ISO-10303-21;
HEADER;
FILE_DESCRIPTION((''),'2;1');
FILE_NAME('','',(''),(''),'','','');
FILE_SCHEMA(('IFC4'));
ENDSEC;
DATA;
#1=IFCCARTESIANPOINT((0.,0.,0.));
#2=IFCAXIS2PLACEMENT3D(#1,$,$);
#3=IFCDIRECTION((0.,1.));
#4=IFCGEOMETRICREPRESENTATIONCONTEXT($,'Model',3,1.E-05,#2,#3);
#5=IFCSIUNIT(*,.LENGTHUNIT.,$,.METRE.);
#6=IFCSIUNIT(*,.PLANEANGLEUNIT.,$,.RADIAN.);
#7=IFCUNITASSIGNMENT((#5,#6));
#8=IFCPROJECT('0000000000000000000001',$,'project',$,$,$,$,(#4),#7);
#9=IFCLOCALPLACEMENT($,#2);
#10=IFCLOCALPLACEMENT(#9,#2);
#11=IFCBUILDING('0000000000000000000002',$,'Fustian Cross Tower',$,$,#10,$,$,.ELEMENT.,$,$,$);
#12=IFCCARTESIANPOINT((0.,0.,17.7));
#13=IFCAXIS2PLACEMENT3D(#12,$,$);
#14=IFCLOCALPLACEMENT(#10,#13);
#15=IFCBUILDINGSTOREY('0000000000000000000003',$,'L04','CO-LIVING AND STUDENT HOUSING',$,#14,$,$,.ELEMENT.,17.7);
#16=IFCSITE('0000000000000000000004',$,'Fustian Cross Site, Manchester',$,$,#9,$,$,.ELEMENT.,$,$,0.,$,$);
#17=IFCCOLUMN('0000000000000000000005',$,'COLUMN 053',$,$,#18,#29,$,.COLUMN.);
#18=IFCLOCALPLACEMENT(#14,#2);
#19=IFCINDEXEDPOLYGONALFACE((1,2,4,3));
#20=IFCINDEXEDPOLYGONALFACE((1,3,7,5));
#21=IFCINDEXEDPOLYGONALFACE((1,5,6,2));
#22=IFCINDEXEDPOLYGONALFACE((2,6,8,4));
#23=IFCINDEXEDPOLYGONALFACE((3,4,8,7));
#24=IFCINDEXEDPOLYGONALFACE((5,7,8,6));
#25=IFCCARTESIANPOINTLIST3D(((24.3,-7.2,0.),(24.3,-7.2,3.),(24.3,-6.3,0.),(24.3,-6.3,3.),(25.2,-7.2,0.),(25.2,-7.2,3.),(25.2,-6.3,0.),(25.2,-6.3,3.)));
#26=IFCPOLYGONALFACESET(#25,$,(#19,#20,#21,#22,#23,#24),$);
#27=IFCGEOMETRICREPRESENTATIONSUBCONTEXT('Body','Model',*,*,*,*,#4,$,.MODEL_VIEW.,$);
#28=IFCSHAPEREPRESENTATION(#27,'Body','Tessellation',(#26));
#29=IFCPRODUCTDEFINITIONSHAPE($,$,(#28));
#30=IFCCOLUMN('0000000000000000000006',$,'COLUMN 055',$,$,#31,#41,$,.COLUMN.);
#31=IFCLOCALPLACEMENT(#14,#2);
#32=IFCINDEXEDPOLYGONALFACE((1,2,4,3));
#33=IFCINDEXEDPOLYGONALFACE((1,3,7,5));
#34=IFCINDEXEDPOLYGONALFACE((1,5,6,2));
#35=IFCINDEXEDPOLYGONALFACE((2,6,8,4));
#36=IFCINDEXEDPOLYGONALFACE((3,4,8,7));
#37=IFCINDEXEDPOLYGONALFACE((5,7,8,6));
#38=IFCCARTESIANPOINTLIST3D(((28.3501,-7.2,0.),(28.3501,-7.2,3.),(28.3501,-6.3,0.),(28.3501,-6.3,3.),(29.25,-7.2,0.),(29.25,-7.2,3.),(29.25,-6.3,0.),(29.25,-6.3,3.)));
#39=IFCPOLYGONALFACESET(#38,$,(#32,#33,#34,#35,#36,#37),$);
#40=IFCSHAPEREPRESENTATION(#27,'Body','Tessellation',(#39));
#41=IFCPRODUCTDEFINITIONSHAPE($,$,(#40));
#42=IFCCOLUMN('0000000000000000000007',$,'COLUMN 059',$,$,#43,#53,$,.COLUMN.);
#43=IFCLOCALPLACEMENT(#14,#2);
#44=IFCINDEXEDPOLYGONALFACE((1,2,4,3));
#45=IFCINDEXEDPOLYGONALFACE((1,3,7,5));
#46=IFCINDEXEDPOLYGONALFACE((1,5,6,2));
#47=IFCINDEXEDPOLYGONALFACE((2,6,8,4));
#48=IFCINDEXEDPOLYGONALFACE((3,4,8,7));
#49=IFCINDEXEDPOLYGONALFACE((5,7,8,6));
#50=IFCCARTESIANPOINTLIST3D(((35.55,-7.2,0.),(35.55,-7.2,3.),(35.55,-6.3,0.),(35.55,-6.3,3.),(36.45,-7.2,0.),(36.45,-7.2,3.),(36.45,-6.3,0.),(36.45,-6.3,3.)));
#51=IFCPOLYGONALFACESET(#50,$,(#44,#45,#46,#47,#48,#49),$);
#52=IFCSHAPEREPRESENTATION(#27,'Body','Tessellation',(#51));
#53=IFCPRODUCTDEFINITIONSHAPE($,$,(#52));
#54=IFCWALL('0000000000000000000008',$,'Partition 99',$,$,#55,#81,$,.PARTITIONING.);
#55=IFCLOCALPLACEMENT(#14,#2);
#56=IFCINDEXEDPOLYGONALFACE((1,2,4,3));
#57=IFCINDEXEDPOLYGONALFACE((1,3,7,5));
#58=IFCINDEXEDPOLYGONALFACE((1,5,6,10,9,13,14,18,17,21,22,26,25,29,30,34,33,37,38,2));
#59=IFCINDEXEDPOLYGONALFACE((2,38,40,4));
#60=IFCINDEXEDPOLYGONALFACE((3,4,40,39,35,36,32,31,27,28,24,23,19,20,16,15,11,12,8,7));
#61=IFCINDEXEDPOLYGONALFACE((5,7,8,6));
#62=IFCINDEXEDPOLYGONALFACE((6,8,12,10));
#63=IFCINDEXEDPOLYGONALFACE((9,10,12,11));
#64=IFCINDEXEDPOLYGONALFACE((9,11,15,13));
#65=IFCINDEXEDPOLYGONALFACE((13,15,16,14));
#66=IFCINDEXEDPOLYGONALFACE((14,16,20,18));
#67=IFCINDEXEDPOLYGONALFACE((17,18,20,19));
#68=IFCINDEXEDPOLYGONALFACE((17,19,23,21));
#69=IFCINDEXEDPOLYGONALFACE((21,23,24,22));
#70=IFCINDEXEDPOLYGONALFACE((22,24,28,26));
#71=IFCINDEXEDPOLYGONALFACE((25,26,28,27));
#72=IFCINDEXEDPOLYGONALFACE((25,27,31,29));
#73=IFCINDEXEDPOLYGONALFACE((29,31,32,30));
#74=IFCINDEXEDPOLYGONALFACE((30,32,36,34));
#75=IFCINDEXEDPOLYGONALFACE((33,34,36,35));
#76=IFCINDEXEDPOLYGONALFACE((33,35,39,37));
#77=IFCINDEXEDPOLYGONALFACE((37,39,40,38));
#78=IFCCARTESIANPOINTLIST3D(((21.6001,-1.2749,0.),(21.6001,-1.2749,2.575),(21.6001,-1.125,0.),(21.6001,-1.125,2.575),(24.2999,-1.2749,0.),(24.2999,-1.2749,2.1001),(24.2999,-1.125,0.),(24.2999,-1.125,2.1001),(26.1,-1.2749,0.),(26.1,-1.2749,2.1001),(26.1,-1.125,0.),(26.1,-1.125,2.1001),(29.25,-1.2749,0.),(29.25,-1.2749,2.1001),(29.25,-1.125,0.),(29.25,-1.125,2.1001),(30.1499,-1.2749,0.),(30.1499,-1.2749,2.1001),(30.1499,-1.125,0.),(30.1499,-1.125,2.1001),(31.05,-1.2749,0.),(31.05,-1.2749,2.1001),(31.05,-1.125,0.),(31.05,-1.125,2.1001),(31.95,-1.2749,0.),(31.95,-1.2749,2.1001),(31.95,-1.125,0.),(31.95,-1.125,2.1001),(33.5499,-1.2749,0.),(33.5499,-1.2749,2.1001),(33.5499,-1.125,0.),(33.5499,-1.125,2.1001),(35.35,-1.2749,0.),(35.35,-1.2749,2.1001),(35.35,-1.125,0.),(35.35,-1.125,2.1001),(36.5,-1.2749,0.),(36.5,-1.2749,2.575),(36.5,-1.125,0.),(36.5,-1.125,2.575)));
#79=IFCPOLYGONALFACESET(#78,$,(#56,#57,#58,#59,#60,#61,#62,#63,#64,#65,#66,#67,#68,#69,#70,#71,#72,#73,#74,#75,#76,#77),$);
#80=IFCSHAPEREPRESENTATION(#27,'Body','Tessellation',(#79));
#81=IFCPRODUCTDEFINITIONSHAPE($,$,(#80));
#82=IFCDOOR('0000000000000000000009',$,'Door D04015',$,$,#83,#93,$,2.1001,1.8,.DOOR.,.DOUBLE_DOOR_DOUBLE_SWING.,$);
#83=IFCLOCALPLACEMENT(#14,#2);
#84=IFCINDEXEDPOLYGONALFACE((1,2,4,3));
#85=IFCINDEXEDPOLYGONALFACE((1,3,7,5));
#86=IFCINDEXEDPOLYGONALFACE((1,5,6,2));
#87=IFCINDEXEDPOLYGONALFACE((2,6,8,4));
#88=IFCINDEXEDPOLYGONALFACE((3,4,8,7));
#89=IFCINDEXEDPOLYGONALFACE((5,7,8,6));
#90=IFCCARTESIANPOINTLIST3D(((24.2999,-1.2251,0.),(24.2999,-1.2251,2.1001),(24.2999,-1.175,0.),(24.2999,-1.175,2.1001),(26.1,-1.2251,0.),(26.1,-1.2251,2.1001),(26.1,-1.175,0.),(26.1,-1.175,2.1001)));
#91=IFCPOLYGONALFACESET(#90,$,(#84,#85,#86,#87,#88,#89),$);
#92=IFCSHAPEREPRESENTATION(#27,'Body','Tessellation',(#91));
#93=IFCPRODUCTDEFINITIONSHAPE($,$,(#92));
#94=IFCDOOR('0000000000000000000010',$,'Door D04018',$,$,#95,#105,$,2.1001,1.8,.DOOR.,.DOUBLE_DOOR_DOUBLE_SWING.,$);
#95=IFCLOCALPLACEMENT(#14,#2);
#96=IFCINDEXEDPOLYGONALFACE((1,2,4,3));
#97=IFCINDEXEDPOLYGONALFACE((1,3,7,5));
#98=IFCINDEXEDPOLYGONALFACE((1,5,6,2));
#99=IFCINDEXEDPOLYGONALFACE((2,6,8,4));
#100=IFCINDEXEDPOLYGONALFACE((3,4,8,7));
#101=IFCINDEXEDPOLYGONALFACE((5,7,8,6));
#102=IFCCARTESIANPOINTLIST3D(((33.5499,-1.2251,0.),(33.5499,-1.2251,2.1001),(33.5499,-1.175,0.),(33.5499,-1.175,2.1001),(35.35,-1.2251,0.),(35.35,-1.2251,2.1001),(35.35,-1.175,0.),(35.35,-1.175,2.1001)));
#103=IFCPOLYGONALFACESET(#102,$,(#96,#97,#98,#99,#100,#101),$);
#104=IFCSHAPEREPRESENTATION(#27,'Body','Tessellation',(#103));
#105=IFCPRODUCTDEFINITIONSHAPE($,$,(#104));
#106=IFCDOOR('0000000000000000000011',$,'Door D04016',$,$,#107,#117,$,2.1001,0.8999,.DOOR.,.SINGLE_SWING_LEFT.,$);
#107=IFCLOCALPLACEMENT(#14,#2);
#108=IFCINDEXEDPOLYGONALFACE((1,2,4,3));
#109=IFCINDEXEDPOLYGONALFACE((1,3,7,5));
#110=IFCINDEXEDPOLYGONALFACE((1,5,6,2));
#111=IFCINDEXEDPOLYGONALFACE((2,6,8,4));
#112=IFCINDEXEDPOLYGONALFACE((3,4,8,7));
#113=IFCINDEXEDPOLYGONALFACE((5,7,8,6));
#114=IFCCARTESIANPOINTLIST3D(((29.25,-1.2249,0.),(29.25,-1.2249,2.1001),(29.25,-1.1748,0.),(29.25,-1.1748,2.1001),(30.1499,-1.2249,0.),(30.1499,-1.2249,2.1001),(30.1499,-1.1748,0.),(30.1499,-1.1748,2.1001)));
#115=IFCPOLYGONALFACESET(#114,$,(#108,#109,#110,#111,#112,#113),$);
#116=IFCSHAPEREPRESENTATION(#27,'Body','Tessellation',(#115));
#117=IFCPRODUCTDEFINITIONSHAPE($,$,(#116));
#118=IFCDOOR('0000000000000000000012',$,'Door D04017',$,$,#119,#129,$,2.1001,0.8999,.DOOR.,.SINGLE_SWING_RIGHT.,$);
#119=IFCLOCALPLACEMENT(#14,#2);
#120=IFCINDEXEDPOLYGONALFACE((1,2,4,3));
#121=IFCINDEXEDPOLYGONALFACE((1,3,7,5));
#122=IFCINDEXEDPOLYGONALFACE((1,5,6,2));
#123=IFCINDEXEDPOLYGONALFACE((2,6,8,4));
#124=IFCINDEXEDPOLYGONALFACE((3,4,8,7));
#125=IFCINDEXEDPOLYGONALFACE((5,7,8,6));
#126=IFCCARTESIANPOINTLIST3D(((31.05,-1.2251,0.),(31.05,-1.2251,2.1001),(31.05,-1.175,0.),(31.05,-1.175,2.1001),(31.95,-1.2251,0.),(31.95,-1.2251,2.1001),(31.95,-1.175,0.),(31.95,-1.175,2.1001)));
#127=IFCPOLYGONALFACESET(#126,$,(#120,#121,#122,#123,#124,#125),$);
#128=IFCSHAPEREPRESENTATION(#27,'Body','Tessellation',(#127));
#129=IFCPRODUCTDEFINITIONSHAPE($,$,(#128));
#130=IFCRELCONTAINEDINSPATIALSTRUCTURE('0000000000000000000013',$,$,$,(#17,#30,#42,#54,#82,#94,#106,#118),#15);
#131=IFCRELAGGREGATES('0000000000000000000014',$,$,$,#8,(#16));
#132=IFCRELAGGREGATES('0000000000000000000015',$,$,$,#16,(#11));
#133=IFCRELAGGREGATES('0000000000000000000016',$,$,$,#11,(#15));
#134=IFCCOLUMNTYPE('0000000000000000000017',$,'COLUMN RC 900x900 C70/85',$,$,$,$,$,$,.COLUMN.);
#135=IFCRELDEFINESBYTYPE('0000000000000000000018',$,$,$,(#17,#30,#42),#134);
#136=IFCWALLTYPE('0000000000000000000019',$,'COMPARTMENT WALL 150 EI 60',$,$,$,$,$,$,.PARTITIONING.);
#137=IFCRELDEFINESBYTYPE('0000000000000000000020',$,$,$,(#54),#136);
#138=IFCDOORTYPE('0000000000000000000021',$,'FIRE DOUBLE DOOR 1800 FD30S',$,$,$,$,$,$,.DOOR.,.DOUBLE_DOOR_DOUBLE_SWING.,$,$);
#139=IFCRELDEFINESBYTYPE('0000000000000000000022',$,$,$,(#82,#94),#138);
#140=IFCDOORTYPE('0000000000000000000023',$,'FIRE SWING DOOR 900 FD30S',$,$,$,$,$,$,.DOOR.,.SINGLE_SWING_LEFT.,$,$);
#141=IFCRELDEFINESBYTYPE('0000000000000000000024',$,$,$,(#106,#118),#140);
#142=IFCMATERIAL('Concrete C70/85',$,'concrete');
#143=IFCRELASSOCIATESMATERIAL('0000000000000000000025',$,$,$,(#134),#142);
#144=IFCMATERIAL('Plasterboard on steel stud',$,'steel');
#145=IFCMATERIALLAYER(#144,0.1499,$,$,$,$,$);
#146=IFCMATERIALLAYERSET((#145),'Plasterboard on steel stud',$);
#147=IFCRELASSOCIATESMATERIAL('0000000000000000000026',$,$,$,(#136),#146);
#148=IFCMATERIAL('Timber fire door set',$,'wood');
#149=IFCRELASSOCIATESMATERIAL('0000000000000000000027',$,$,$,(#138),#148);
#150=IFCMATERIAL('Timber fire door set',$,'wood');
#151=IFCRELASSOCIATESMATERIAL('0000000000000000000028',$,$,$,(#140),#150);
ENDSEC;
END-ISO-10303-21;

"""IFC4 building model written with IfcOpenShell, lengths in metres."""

from ifc_helpers import new_model, si_unit, direction, frame, frame_2d, origin, origin_2d, place, context, subcontext, project, spatial, rectangle, extrude, material, layer, layer_set, material_profile, profile_set, type_object, element, fill, save


model = new_model("IFC4")

# Units and contexts
model_context = context("Model", 3, precision=1e-05, world=origin(), true_north=direction((0.0, 1.0)))
body_context = subcontext(model_context, "Body", "Model", "MODEL_VIEW")
ifc_project = project(units=[si_unit("LENGTHUNIT", "METRE"), si_unit("PLANEANGLEUNIT", "RADIAN")], contexts=[model_context])

# Site, building, storey
site_placement = place(None, origin())
site = spatial("IfcSite", under=ifc_project, at=site_placement, Name="Fustian Cross Site, Manchester", CompositionType="ELEMENT", RefElevation=0.0)
building_placement = place(site_placement, origin())
building = spatial("IfcBuilding", under=site, at=building_placement, Name="Fustian Cross Tower", CompositionType="ELEMENT")
storey_placement = place(building_placement, frame((0.0, 0.0, 17.7)))
storey = spatial("IfcBuildingStorey", under=building, at=storey_placement, Name="L04", Description="CO-LIVING AND STUDENT HOUSING", CompositionType="ELEMENT", Elevation=17.7)

# Columns
ifc_material_1 = material(Name="Concrete C70/85", Category="concrete")
ifc_material_profile = material_profile(ifc_material_1, rectangle(XDim=0.8999, YDim=0.8999, at=origin_2d()), Name="RC 900x900")
ifc_profile_set = profile_set([ifc_material_profile], Name="Concrete C70/85")
column_type = type_object("IfcColumnType", Name="COLUMN RC 900x900 C70/85", PredefinedType="COLUMN", material=ifc_profile_set)
for number, where, z_axis, x_axis, name in (
    (1, (24.75, -6.75, 0.0), (0.0, 0.0, 1.0), (1.0, 0.0, 0.0), "COLUMN 053"),
    (2, (28.8, -6.75, 0.0), (0.0, 0.0, 1.0), (1.0, 0.0, 0.0), "COLUMN 055"),
    (3, (36.0, -6.75, 0.0), (0.0, 0.0, 1.0), (1.0, 0.0, 0.0), "COLUMN 059"),
):
    element("IfcColumn", number, at=place(storey_placement, frame(where, z_axis=z_axis, x_axis=x_axis)), inside=storey, type_object=column_type, Name=name, PredefinedType="COLUMN", context=body_context, shape_type="SweptSolid", body=[
        extrude(rectangle(XDim=0.8999, YDim=0.8999, at=origin_2d()), origin(), (0.0, 0.0, 1.0), 3.0),
    ])

# Wall, openings, doors
ifc_material_2 = material(Name="Plasterboard on steel stud", Category="steel")
ifc_layer_1 = layer(ifc_material_2, 0.1499)
ifc_layer_set_1 = layer_set([ifc_layer_1], Name="Plasterboard on steel stud")
wall_type_1 = type_object("IfcWallType", Name="COMPARTMENT WALL 150 EI 60", PredefinedType="PARTITIONING", material=ifc_layer_set_1)
wall_1_placement = place(storey_placement, frame((21.6001, -1.2, 0.0), z_axis=(0.0, 0.0, 1.0), x_axis=(1.0, 0.0, 0.0)))
wall_1 = element("IfcWall", 4, at=wall_1_placement, inside=storey, type_object=wall_type_1, Name="Partition 99", PredefinedType="PARTITIONING", context=body_context, shape_type="SweptSolid", body=[
    extrude(rectangle(XDim=14.8999, YDim=0.1499, at=frame_2d((7.45, 0.0))), origin(), (0.0, 0.0, 1.0), 2.575),
])
opening_1_placement = place(wall_1_placement, frame((2.7, 0.0, 0.0)))
opening_1 = element("IfcOpeningElement", 5, at=opening_1_placement, cuts=wall_1, PredefinedType="OPENING", context=body_context, shape_type="SweptSolid", body=[
    extrude(rectangle(XDim=1.8, YDim=2.1001, at=frame_2d((0.8999, 1.05))), frame((0.0, 0.085, 0.0), z_axis=(0.0, -1.0, 0.0), x_axis=(1.0, 0.0, 0.0)), (0.0, 0.0, 1.0), 0.1699),
])
opening_2_placement = place(wall_1_placement, frame((7.6499, 0.0, 0.0)))
opening_2 = element("IfcOpeningElement", 6, at=opening_2_placement, cuts=wall_1, PredefinedType="OPENING", context=body_context, shape_type="SweptSolid", body=[
    extrude(rectangle(XDim=0.8999, YDim=2.1001, at=frame_2d((0.45, 1.05))), frame((0.0, 0.085, 0.0), z_axis=(0.0, -1.0, 0.0), x_axis=(1.0, 0.0, 0.0)), (0.0, 0.0, 1.0), 0.1699),
])
opening_3_placement = place(wall_1_placement, frame((9.45, 0.0, 0.0)))
opening_3 = element("IfcOpeningElement", 7, at=opening_3_placement, cuts=wall_1, PredefinedType="OPENING", context=body_context, shape_type="SweptSolid", body=[
    extrude(rectangle(XDim=0.8999, YDim=2.1001, at=frame_2d((0.45, 1.05))), frame((0.0, 0.085, 0.0), z_axis=(0.0, -1.0, 0.0), x_axis=(1.0, 0.0, 0.0)), (0.0, 0.0, 1.0), 0.1699),
])
opening_4_placement = place(wall_1_placement, frame((11.95, 0.0, 0.0)))
opening_4 = element("IfcOpeningElement", 8, at=opening_4_placement, cuts=wall_1, PredefinedType="OPENING", context=body_context, shape_type="SweptSolid", body=[
    extrude(rectangle(XDim=1.8, YDim=2.1001, at=frame_2d((0.8999, 1.05))), frame((0.0, 0.085, 0.0), z_axis=(0.0, -1.0, 0.0), x_axis=(1.0, 0.0, 0.0)), (0.0, 0.0, 1.0), 0.1699),
])
ifc_material_3 = material(Name="Timber fire door set", Category="wood")
door_type_1 = type_object("IfcDoorType", Name="FIRE DOUBLE DOOR 1800 FD30S", OperationType="DOUBLE_DOOR_DOUBLE_SWING", PredefinedType="DOOR", material=ifc_material_3)
door_1_placement = place(opening_1_placement, origin())
door_1 = element("IfcDoor", 9, at=door_1_placement, inside=storey, type_object=door_type_1, Name="Door D04015", OperationType="DOUBLE_DOOR_DOUBLE_SWING", OverallHeight=2.1001, OverallWidth=1.8, PredefinedType="DOOR", context=body_context, shape_type="SweptSolid", body=[
    extrude(rectangle(XDim=1.8, YDim=2.1001, at=frame_2d((0.8999, 1.05))), frame((0.0, 0.0249, 0.0), z_axis=(0.0, -1.0, 0.0), x_axis=(1.0, 0.0, 0.0)), (0.0, 0.0, 1.0), 0.05),
])
fill(opening_1, door_1)
door_2_placement = place(opening_4_placement, origin())
door_2 = element("IfcDoor", 10, at=door_2_placement, inside=storey, type_object=door_type_1, Name="Door D04018", OperationType="DOUBLE_DOOR_DOUBLE_SWING", OverallHeight=2.1001, OverallWidth=1.8, PredefinedType="DOOR", context=body_context, shape_type="SweptSolid", body=[
    extrude(rectangle(XDim=1.8, YDim=2.1001, at=frame_2d((0.8999, 1.05))), frame((0.0, 0.0249, 0.0), z_axis=(0.0, -1.0, 0.0), x_axis=(1.0, 0.0, 0.0)), (0.0, 0.0, 1.0), 0.05),
])
fill(opening_4, door_2)
ifc_material_4 = material(Name="Timber fire door set", Category="wood")
door_type_2 = type_object("IfcDoorType", Name="FIRE SWING DOOR 900 FD30S", OperationType="SINGLE_SWING_LEFT", PredefinedType="DOOR", material=ifc_material_4)
door_3_placement = place(opening_2_placement, frame((0.8999, 0.0, 0.0), z_axis=(0.0, 0.0, 1.0), x_axis=(-1.0, 0.0, 0.0)))
door_3 = element("IfcDoor", 11, at=door_3_placement, inside=storey, type_object=door_type_2, Name="Door D04016", OperationType="SINGLE_SWING_LEFT", OverallHeight=2.1001, OverallWidth=0.8999, PredefinedType="DOOR", context=body_context, shape_type="SweptSolid", body=[
    extrude(rectangle(XDim=0.8999, YDim=2.1001, at=frame_2d((0.45, 1.05))), frame((0.0, 0.0249, 0.0), z_axis=(0.0, -1.0, 0.0), x_axis=(1.0, 0.0, 0.0)), (0.0, 0.0, 1.0), 0.05),
])
fill(opening_2, door_3)
door_4_placement = place(opening_3_placement, origin())
door_4 = element("IfcDoor", 12, at=door_4_placement, inside=storey, type_object=door_type_2, Name="Door D04017", OperationType="SINGLE_SWING_RIGHT", OverallHeight=2.1001, OverallWidth=0.8999, PredefinedType="DOOR", context=body_context, shape_type="SweptSolid", body=[
    extrude(rectangle(XDim=0.8999, YDim=2.1001, at=frame_2d((0.45, 1.05))), frame((0.0, 0.0249, 0.0), z_axis=(0.0, -1.0, 0.0), x_axis=(1.0, 0.0, 0.0)), (0.0, 0.0, 1.0), 0.05),
])
fill(opening_3, door_4)

save(model, "model.ifc")
